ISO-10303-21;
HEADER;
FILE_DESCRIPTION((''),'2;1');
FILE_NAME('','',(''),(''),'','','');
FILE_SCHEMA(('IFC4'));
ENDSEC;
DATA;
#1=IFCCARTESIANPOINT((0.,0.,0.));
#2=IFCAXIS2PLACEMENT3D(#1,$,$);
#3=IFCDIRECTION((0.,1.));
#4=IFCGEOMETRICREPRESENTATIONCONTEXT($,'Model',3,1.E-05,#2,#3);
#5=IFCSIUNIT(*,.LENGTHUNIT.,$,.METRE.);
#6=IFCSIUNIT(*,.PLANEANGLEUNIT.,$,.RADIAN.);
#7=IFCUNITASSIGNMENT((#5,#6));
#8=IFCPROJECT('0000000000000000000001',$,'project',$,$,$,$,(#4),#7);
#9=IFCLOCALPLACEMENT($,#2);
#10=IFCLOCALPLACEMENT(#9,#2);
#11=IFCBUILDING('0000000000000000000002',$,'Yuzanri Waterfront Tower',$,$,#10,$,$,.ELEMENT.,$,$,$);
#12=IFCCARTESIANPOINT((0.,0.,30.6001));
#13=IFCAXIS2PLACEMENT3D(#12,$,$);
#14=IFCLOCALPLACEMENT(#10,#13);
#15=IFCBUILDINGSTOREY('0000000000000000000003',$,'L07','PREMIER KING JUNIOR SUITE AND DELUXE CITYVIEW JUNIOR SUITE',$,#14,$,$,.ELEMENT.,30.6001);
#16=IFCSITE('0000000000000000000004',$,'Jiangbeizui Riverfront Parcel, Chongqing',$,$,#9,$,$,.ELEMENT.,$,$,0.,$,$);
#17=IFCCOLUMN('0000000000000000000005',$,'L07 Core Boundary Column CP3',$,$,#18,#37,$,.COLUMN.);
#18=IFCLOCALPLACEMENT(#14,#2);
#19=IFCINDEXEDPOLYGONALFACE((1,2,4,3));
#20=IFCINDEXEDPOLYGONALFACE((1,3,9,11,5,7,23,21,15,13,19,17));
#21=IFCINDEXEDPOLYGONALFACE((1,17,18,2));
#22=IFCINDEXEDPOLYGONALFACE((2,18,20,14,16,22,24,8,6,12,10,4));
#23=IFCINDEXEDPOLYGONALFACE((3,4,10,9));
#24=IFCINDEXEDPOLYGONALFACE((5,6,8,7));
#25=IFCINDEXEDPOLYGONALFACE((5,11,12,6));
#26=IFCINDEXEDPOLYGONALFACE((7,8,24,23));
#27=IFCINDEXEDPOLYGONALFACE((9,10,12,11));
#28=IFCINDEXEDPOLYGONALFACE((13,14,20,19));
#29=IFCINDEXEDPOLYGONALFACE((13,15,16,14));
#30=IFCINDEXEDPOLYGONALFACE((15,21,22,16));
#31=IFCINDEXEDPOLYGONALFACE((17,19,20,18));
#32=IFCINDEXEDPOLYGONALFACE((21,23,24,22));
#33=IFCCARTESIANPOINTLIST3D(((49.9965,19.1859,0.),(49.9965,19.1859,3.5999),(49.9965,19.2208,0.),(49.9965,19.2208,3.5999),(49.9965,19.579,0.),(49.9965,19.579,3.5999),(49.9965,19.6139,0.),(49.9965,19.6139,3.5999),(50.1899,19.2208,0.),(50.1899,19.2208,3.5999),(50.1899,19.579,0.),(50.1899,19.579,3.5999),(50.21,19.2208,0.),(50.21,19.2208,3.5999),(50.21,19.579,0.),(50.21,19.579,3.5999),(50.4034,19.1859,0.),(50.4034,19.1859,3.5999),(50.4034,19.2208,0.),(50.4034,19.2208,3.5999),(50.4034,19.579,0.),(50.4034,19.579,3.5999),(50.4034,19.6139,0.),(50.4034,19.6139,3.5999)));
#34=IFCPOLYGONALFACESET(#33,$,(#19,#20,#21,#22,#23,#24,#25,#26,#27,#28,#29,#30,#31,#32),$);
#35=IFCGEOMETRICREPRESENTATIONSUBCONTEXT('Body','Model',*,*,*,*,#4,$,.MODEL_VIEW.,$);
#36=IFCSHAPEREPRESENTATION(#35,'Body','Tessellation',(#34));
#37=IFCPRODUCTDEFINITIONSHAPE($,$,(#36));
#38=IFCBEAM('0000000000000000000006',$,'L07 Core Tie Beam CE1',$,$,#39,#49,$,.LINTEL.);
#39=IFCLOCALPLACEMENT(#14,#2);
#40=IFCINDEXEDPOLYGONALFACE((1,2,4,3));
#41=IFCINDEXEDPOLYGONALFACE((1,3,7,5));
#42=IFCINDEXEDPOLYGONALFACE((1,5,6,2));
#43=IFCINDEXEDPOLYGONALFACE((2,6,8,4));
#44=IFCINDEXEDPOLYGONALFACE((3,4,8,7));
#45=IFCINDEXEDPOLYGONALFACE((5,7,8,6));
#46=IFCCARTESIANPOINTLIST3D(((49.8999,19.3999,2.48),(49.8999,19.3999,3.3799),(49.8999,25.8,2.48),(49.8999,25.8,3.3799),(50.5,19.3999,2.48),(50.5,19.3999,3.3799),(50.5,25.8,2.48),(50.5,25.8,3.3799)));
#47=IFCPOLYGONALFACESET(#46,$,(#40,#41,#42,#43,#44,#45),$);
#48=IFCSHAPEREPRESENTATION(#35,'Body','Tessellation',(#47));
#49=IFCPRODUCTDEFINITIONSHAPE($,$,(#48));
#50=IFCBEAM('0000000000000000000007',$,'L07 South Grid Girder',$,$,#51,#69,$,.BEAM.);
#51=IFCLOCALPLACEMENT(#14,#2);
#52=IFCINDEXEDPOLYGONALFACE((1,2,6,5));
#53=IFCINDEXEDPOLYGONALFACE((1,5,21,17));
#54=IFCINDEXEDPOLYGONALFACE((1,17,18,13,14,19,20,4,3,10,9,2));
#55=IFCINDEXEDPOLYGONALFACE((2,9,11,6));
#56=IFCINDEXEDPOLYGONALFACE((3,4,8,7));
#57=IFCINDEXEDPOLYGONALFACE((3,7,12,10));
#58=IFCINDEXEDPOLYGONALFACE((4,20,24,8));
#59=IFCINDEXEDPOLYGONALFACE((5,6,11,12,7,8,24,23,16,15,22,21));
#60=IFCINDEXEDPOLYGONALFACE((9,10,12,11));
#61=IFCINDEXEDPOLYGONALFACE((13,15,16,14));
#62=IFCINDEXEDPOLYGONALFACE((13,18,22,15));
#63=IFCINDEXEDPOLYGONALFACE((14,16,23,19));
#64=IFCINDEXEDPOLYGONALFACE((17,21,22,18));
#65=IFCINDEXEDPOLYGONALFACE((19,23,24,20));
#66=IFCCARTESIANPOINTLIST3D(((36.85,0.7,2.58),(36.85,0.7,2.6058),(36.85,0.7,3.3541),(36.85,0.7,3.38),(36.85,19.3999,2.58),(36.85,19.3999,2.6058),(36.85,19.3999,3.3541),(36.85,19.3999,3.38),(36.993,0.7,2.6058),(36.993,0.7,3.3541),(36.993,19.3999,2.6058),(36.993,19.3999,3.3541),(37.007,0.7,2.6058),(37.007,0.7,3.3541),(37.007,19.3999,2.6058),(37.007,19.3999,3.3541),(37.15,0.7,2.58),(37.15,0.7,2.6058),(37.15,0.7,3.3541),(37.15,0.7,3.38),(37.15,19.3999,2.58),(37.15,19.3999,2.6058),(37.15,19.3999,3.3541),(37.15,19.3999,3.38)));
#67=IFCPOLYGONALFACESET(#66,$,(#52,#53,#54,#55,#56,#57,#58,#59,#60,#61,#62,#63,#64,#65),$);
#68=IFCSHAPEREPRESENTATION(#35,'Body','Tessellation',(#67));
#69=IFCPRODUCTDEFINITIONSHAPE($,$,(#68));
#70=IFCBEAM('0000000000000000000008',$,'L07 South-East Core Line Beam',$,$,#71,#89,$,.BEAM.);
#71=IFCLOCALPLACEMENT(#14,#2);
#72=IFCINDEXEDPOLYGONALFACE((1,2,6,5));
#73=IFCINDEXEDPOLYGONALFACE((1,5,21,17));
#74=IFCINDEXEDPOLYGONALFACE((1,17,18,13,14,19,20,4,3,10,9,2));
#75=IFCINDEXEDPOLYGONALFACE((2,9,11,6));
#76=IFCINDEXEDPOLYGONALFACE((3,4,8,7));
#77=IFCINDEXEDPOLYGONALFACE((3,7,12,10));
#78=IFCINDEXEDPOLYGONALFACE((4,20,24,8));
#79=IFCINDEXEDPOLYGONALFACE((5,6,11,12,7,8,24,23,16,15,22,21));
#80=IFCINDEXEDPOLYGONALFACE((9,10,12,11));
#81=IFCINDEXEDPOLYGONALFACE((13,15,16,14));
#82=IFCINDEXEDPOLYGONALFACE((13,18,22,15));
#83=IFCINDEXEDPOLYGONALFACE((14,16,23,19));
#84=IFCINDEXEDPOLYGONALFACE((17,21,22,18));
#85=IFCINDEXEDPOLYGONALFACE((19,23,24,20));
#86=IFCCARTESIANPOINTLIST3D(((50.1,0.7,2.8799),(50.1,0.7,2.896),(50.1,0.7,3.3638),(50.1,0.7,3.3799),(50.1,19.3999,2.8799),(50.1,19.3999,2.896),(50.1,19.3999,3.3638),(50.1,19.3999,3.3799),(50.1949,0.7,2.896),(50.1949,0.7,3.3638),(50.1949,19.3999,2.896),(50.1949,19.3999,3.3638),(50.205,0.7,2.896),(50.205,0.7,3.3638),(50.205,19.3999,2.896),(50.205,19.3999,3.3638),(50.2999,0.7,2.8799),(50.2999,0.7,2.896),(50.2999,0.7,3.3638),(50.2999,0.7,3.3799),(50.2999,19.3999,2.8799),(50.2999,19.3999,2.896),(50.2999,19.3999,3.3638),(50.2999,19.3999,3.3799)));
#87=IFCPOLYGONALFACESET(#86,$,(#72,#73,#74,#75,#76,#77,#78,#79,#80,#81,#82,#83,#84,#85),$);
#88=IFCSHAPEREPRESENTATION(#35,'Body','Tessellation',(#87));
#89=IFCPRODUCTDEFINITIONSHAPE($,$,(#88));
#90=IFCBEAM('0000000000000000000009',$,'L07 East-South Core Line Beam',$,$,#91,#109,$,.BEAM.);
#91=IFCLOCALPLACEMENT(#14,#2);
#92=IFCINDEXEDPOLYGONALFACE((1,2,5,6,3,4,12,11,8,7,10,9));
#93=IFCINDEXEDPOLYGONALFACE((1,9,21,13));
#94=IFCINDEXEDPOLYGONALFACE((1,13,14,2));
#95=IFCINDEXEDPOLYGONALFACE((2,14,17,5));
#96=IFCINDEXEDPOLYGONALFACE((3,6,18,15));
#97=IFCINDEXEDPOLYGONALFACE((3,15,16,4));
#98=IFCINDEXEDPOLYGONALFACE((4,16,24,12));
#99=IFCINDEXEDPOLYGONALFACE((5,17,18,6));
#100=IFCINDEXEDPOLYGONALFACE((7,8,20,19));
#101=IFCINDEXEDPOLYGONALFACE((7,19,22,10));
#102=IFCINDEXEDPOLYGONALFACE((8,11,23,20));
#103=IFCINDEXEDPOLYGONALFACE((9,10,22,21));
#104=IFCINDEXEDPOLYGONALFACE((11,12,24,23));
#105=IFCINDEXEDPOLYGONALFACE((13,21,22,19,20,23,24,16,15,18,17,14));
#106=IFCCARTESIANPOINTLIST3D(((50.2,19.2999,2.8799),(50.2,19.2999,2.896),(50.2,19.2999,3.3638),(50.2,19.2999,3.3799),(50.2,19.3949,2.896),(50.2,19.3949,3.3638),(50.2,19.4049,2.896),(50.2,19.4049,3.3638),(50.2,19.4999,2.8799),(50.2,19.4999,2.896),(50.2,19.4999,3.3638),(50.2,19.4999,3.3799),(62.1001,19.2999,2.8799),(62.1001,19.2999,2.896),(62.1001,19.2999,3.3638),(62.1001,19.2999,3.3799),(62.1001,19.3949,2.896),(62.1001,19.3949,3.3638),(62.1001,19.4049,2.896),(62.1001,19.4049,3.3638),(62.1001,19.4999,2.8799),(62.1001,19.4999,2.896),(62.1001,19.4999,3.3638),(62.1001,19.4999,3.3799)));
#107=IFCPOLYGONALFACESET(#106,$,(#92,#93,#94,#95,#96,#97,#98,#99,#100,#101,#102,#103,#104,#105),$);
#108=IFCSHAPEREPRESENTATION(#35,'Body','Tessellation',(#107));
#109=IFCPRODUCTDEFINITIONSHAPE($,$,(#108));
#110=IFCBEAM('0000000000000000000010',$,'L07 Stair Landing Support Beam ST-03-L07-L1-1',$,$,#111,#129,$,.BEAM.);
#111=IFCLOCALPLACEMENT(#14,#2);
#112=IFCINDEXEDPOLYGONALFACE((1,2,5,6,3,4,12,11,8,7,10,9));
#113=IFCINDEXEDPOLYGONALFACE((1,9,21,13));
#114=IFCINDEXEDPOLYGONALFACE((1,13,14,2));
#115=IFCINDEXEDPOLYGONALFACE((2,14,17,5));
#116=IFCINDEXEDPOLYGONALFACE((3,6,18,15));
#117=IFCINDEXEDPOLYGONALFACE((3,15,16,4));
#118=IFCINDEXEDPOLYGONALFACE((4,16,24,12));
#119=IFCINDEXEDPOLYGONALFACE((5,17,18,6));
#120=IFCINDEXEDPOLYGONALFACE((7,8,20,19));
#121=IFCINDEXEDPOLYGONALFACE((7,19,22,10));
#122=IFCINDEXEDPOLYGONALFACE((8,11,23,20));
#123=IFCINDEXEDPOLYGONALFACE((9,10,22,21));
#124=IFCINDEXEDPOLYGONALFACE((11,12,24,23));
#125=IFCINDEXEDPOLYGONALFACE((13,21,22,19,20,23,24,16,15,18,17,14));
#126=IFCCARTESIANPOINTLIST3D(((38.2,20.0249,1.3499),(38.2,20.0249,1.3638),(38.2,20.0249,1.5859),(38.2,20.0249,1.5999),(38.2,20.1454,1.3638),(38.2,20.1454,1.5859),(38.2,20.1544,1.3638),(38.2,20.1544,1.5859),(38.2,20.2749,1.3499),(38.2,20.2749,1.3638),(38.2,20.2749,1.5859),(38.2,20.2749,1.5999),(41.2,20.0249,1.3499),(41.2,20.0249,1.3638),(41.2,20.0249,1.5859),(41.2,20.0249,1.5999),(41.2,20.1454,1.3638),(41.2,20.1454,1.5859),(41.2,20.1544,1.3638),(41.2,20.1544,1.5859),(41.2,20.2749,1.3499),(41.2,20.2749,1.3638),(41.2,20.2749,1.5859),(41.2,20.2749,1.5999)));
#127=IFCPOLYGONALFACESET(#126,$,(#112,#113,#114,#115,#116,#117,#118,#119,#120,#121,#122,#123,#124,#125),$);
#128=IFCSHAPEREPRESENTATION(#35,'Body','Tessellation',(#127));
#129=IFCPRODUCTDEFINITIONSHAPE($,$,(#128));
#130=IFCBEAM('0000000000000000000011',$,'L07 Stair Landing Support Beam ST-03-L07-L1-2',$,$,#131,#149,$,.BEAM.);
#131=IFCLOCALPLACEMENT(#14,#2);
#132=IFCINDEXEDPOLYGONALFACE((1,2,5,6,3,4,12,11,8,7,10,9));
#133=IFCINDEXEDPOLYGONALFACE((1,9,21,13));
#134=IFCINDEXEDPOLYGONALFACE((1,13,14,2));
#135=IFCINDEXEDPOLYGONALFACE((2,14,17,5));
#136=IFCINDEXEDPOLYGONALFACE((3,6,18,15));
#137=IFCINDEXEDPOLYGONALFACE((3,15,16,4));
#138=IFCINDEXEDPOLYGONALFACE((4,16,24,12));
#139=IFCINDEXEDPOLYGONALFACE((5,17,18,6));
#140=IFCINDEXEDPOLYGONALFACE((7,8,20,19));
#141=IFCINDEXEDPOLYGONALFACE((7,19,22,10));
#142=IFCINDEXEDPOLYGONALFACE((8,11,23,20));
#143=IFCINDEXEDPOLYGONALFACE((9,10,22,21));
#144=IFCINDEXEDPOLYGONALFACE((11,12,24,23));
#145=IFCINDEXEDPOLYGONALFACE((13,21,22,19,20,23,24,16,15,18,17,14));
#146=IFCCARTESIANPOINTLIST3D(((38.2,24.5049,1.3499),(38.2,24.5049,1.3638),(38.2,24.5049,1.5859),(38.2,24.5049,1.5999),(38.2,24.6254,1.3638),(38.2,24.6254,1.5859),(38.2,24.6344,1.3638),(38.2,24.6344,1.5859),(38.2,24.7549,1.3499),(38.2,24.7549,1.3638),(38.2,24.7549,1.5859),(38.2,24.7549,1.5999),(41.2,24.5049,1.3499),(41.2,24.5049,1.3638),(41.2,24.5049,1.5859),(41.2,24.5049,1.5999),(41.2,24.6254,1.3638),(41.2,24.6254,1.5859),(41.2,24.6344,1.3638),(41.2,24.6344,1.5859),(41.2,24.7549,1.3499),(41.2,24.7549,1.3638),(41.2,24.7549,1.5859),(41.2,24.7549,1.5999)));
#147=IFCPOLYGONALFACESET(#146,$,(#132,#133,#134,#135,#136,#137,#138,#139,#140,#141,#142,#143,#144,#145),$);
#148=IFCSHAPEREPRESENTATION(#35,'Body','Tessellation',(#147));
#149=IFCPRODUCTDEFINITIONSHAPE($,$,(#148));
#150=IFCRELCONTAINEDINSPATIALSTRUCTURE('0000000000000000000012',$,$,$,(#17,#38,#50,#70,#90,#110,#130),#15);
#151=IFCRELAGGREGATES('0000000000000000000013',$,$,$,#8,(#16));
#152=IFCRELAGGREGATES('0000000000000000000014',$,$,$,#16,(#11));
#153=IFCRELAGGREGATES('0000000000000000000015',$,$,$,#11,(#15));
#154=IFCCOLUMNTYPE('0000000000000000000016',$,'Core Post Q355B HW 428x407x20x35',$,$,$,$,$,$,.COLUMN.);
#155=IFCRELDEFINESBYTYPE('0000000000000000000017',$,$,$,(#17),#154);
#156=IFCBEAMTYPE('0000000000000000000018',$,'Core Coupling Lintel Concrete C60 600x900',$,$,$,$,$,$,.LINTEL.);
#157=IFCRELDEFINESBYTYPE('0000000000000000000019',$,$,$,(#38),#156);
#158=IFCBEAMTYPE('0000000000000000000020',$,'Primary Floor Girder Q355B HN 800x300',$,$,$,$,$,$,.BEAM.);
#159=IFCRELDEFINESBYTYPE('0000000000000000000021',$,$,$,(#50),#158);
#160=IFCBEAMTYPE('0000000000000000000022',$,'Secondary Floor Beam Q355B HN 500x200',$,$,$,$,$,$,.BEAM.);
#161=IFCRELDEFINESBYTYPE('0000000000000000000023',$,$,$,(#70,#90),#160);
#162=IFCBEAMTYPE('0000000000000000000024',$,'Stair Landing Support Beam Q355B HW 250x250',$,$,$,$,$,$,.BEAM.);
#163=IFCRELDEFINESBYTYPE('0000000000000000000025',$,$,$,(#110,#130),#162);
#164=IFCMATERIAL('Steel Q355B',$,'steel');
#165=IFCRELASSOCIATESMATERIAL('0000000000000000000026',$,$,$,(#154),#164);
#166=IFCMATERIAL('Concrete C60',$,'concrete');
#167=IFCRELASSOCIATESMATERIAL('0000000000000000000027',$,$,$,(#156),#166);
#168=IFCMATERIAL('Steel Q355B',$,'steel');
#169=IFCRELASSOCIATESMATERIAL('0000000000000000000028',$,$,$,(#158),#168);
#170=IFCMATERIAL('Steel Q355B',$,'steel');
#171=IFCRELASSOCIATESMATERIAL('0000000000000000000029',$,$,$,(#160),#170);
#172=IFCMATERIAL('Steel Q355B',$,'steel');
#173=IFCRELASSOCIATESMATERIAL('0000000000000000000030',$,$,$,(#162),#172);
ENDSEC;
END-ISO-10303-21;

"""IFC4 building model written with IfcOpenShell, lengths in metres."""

from ifc_helpers import new_model, si_unit, direction, frame, origin, origin_2d, place, context, subcontext, project, spatial, rectangle, i_section, extrude, source, transform, mapped, material, material_profile, profile_set, type_object, element, save


model = new_model("IFC4")

# Units and contexts
model_context = context("Model", 3, precision=1e-05, world=origin(), true_north=direction((0.0, 1.0)))
body_context = subcontext(model_context, "Body", "Model", "MODEL_VIEW")
ifc_project = project(units=[si_unit("LENGTHUNIT", "METRE"), si_unit("PLANEANGLEUNIT", "RADIAN")], contexts=[model_context])

# Site, building, storey
site_placement = place(None, origin())
site = spatial("IfcSite", under=ifc_project, at=site_placement, Name="Jiangbeizui Riverfront Parcel, Chongqing", CompositionType="ELEMENT", RefElevation=0.0)
building_placement = place(site_placement, origin())
building = spatial("IfcBuilding", under=site, at=building_placement, Name="Yuzanri Waterfront Tower", CompositionType="ELEMENT")
storey_placement = place(building_placement, frame((0.0, 0.0, 30.6001)))
storey = spatial("IfcBuildingStorey", under=building, at=storey_placement, Name="L07", Description="PREMIER KING JUNIOR SUITE AND DELUXE CITYVIEW JUNIOR SUITE", CompositionType="ELEMENT", Elevation=30.6001)

# Column
ifc_material_1 = material(Name="Steel Q355B", Category="steel")
ifc_material_profile_1 = material_profile(ifc_material_1, i_section(OverallWidth=0.407, OverallDepth=0.428, WebThickness=0.02, FlangeThickness=0.0349, at=origin_2d()), Name="HW 428x407x20x35")
ifc_profile_set_1 = profile_set([ifc_material_profile_1], Name="Steel Q355B")
column_type = type_object("IfcColumnType", Name="Core Post Q355B HW 428x407x20x35", PredefinedType="COLUMN", material=ifc_profile_set_1)
shared_shape_1 = source(origin(), body_context, "Body", "SweptSolid", [
    extrude(i_section(OverallWidth=0.407, OverallDepth=0.428, WebThickness=0.02, FlangeThickness=0.0349, at=origin_2d()), origin(), (0.0, 0.0, 1.0), 3.5999),
])
column_placement = place(storey_placement, frame((50.2, 19.3999, 0.0), z_axis=(0.0, 0.0, 1.0), x_axis=(1.0, 0.0, 0.0)))
element("IfcColumn", 1, at=column_placement, inside=storey, type_object=column_type, Name="L07 Core Boundary Column CP3", PredefinedType="COLUMN", context=body_context, shape_type="MappedRepresentation", body=[
    mapped(shared_shape_1, transform((0.0, 0.0, 0.0), scale=1.0)),
])

# Beams
ifc_material_2 = material(Name="Concrete C60", Category="concrete")
ifc_material_profile_2 = material_profile(ifc_material_2, rectangle(XDim=0.6001, YDim=0.8999, at=origin_2d()), Name="RC 600x900")
ifc_profile_set_2 = profile_set([ifc_material_profile_2], Name="Concrete C60")
beam_type_1 = type_object("IfcBeamType", Name="Core Coupling Lintel Concrete C60 600x900", PredefinedType="LINTEL", material=ifc_profile_set_2)
shared_shape_2 = source(origin(), body_context, "Body", "SweptSolid", [
    extrude(rectangle(XDim=0.6001, YDim=0.8999, at=origin_2d()), origin(), (0.0, 0.0, 1.0), 6.4001),
])
beam_1_placement = place(storey_placement, frame((50.2, 19.3999, 2.9299), z_axis=(0.0, 1.0, 0.0), x_axis=(-1.0, 0.0, 0.0)))
element("IfcBeam", 2, at=beam_1_placement, inside=storey, type_object=beam_type_1, Name="L07 Core Tie Beam CE1", PredefinedType="LINTEL", context=body_context, shape_type="MappedRepresentation", body=[
    mapped(shared_shape_2, transform((0.0, 0.0, 0.0), scale=1.0)),
])
ifc_material_3 = material(Name="Steel Q355B", Category="steel")
ifc_material_profile_3 = material_profile(ifc_material_3, i_section(OverallWidth=0.3, OverallDepth=0.8, WebThickness=0.0139, FlangeThickness=0.0259, at=origin_2d()), Name="HN 800x300x14x26")
ifc_profile_set_3 = profile_set([ifc_material_profile_3], Name="Steel Q355B")
beam_type_2 = type_object("IfcBeamType", Name="Primary Floor Girder Q355B HN 800x300", PredefinedType="BEAM", material=ifc_profile_set_3)
shared_shape_3 = source(origin(), body_context, "Body", "SweptSolid", [
    extrude(i_section(OverallWidth=0.3, OverallDepth=0.8, WebThickness=0.0139, FlangeThickness=0.0259, at=origin_2d()), origin(), (0.0, 0.0, 1.0), 18.7),
])
beam_2_placement = place(storey_placement, frame((37.0, 19.3999, 2.98), z_axis=(0.0, -1.0, 0.0), x_axis=(1.0, 0.0, 0.0)))
element("IfcBeam", 3, at=beam_2_placement, inside=storey, type_object=beam_type_2, Name="L07 South Grid Girder", PredefinedType="BEAM", context=body_context, shape_type="MappedRepresentation", body=[
    mapped(shared_shape_3, transform((0.0, 0.0, 0.0), scale=1.0)),
])
ifc_material_4 = material(Name="Steel Q355B", Category="steel")
ifc_material_profile_4 = material_profile(ifc_material_4, i_section(OverallWidth=0.2, OverallDepth=0.5, WebThickness=0.01, FlangeThickness=0.0161, at=origin_2d()), Name="HN 500x200x10x16")
ifc_profile_set_4 = profile_set([ifc_material_profile_4], Name="Steel Q355B")
beam_type_3 = type_object("IfcBeamType", Name="Secondary Floor Beam Q355B HN 500x200", PredefinedType="BEAM", material=ifc_profile_set_4)
shared_shape_4 = source(origin(), body_context, "Body", "SweptSolid", [
    extrude(i_section(OverallWidth=0.2, OverallDepth=0.5, WebThickness=0.01, FlangeThickness=0.0161, at=origin_2d()), origin(), (0.0, 0.0, 1.0), 18.7),
])
beam_3_placement = place(storey_placement, frame((50.2, 19.3999, 3.1299), z_axis=(0.0, -1.0, 0.0), x_axis=(1.0, 0.0, 0.0)))
element("IfcBeam", 4, at=beam_3_placement, inside=storey, type_object=beam_type_3, Name="L07 South-East Core Line Beam", PredefinedType="BEAM", context=body_context, shape_type="MappedRepresentation", body=[
    mapped(shared_shape_4, transform((0.0, 0.0, 0.0), scale=1.0)),
])
shared_shape_5 = source(origin(), body_context, "Body", "SweptSolid", [
    extrude(i_section(OverallWidth=0.2, OverallDepth=0.5, WebThickness=0.01, FlangeThickness=0.0161, at=origin_2d()), origin(), (0.0, 0.0, 1.0), 11.9001),
])
beam_4_placement = place(storey_placement, frame((50.2, 19.3999, 3.1299), z_axis=(1.0, 0.0, 0.0), x_axis=(0.0, 1.0, 0.0)))
element("IfcBeam", 5, at=beam_4_placement, inside=storey, type_object=beam_type_3, Name="L07 East-South Core Line Beam", PredefinedType="BEAM", context=body_context, shape_type="MappedRepresentation", body=[
    mapped(shared_shape_5, transform((0.0, 0.0, 0.0), scale=1.0)),
])
ifc_material_5 = material(Name="Steel Q355B", Category="steel")
ifc_material_profile_5 = material_profile(ifc_material_5, i_section(OverallWidth=0.25, OverallDepth=0.25, WebThickness=0.009, FlangeThickness=0.0139, at=origin_2d()), Name="HW 250x250x9x14")
ifc_profile_set_5 = profile_set([ifc_material_profile_5], Name="Steel Q355B")
beam_type_4 = type_object("IfcBeamType", Name="Stair Landing Support Beam Q355B HW 250x250", PredefinedType="BEAM", material=ifc_profile_set_5)
shared_shape_6 = source(origin(), body_context, "Body", "SweptSolid", [
    extrude(i_section(OverallWidth=0.25, OverallDepth=0.25, WebThickness=0.009, FlangeThickness=0.0139, at=origin_2d()), origin(), (0.0, 0.0, 1.0), 3.0),
])
for number, where, z_axis, x_axis, name in (
    (6, (38.2, 20.1499, 1.4749), (1.0, 0.0, 0.0), (0.0, 1.0, 0.0), "L07 Stair Landing Support Beam ST-03-L07-L1-1"),
    (7, (38.2, 24.6299, 1.4749), (1.0, 0.0, 0.0), (0.0, 1.0, 0.0), "L07 Stair Landing Support Beam ST-03-L07-L1-2"),
):
    element("IfcBeam", number, at=place(storey_placement, frame(where, z_axis=z_axis, x_axis=x_axis)), inside=storey, type_object=beam_type_4, Name=name, PredefinedType="BEAM", context=body_context, shape_type="MappedRepresentation", body=[
        mapped(shared_shape_6, transform((0.0, 0.0, 0.0), scale=1.0)),
    ])

save(model, "model.ifc")
